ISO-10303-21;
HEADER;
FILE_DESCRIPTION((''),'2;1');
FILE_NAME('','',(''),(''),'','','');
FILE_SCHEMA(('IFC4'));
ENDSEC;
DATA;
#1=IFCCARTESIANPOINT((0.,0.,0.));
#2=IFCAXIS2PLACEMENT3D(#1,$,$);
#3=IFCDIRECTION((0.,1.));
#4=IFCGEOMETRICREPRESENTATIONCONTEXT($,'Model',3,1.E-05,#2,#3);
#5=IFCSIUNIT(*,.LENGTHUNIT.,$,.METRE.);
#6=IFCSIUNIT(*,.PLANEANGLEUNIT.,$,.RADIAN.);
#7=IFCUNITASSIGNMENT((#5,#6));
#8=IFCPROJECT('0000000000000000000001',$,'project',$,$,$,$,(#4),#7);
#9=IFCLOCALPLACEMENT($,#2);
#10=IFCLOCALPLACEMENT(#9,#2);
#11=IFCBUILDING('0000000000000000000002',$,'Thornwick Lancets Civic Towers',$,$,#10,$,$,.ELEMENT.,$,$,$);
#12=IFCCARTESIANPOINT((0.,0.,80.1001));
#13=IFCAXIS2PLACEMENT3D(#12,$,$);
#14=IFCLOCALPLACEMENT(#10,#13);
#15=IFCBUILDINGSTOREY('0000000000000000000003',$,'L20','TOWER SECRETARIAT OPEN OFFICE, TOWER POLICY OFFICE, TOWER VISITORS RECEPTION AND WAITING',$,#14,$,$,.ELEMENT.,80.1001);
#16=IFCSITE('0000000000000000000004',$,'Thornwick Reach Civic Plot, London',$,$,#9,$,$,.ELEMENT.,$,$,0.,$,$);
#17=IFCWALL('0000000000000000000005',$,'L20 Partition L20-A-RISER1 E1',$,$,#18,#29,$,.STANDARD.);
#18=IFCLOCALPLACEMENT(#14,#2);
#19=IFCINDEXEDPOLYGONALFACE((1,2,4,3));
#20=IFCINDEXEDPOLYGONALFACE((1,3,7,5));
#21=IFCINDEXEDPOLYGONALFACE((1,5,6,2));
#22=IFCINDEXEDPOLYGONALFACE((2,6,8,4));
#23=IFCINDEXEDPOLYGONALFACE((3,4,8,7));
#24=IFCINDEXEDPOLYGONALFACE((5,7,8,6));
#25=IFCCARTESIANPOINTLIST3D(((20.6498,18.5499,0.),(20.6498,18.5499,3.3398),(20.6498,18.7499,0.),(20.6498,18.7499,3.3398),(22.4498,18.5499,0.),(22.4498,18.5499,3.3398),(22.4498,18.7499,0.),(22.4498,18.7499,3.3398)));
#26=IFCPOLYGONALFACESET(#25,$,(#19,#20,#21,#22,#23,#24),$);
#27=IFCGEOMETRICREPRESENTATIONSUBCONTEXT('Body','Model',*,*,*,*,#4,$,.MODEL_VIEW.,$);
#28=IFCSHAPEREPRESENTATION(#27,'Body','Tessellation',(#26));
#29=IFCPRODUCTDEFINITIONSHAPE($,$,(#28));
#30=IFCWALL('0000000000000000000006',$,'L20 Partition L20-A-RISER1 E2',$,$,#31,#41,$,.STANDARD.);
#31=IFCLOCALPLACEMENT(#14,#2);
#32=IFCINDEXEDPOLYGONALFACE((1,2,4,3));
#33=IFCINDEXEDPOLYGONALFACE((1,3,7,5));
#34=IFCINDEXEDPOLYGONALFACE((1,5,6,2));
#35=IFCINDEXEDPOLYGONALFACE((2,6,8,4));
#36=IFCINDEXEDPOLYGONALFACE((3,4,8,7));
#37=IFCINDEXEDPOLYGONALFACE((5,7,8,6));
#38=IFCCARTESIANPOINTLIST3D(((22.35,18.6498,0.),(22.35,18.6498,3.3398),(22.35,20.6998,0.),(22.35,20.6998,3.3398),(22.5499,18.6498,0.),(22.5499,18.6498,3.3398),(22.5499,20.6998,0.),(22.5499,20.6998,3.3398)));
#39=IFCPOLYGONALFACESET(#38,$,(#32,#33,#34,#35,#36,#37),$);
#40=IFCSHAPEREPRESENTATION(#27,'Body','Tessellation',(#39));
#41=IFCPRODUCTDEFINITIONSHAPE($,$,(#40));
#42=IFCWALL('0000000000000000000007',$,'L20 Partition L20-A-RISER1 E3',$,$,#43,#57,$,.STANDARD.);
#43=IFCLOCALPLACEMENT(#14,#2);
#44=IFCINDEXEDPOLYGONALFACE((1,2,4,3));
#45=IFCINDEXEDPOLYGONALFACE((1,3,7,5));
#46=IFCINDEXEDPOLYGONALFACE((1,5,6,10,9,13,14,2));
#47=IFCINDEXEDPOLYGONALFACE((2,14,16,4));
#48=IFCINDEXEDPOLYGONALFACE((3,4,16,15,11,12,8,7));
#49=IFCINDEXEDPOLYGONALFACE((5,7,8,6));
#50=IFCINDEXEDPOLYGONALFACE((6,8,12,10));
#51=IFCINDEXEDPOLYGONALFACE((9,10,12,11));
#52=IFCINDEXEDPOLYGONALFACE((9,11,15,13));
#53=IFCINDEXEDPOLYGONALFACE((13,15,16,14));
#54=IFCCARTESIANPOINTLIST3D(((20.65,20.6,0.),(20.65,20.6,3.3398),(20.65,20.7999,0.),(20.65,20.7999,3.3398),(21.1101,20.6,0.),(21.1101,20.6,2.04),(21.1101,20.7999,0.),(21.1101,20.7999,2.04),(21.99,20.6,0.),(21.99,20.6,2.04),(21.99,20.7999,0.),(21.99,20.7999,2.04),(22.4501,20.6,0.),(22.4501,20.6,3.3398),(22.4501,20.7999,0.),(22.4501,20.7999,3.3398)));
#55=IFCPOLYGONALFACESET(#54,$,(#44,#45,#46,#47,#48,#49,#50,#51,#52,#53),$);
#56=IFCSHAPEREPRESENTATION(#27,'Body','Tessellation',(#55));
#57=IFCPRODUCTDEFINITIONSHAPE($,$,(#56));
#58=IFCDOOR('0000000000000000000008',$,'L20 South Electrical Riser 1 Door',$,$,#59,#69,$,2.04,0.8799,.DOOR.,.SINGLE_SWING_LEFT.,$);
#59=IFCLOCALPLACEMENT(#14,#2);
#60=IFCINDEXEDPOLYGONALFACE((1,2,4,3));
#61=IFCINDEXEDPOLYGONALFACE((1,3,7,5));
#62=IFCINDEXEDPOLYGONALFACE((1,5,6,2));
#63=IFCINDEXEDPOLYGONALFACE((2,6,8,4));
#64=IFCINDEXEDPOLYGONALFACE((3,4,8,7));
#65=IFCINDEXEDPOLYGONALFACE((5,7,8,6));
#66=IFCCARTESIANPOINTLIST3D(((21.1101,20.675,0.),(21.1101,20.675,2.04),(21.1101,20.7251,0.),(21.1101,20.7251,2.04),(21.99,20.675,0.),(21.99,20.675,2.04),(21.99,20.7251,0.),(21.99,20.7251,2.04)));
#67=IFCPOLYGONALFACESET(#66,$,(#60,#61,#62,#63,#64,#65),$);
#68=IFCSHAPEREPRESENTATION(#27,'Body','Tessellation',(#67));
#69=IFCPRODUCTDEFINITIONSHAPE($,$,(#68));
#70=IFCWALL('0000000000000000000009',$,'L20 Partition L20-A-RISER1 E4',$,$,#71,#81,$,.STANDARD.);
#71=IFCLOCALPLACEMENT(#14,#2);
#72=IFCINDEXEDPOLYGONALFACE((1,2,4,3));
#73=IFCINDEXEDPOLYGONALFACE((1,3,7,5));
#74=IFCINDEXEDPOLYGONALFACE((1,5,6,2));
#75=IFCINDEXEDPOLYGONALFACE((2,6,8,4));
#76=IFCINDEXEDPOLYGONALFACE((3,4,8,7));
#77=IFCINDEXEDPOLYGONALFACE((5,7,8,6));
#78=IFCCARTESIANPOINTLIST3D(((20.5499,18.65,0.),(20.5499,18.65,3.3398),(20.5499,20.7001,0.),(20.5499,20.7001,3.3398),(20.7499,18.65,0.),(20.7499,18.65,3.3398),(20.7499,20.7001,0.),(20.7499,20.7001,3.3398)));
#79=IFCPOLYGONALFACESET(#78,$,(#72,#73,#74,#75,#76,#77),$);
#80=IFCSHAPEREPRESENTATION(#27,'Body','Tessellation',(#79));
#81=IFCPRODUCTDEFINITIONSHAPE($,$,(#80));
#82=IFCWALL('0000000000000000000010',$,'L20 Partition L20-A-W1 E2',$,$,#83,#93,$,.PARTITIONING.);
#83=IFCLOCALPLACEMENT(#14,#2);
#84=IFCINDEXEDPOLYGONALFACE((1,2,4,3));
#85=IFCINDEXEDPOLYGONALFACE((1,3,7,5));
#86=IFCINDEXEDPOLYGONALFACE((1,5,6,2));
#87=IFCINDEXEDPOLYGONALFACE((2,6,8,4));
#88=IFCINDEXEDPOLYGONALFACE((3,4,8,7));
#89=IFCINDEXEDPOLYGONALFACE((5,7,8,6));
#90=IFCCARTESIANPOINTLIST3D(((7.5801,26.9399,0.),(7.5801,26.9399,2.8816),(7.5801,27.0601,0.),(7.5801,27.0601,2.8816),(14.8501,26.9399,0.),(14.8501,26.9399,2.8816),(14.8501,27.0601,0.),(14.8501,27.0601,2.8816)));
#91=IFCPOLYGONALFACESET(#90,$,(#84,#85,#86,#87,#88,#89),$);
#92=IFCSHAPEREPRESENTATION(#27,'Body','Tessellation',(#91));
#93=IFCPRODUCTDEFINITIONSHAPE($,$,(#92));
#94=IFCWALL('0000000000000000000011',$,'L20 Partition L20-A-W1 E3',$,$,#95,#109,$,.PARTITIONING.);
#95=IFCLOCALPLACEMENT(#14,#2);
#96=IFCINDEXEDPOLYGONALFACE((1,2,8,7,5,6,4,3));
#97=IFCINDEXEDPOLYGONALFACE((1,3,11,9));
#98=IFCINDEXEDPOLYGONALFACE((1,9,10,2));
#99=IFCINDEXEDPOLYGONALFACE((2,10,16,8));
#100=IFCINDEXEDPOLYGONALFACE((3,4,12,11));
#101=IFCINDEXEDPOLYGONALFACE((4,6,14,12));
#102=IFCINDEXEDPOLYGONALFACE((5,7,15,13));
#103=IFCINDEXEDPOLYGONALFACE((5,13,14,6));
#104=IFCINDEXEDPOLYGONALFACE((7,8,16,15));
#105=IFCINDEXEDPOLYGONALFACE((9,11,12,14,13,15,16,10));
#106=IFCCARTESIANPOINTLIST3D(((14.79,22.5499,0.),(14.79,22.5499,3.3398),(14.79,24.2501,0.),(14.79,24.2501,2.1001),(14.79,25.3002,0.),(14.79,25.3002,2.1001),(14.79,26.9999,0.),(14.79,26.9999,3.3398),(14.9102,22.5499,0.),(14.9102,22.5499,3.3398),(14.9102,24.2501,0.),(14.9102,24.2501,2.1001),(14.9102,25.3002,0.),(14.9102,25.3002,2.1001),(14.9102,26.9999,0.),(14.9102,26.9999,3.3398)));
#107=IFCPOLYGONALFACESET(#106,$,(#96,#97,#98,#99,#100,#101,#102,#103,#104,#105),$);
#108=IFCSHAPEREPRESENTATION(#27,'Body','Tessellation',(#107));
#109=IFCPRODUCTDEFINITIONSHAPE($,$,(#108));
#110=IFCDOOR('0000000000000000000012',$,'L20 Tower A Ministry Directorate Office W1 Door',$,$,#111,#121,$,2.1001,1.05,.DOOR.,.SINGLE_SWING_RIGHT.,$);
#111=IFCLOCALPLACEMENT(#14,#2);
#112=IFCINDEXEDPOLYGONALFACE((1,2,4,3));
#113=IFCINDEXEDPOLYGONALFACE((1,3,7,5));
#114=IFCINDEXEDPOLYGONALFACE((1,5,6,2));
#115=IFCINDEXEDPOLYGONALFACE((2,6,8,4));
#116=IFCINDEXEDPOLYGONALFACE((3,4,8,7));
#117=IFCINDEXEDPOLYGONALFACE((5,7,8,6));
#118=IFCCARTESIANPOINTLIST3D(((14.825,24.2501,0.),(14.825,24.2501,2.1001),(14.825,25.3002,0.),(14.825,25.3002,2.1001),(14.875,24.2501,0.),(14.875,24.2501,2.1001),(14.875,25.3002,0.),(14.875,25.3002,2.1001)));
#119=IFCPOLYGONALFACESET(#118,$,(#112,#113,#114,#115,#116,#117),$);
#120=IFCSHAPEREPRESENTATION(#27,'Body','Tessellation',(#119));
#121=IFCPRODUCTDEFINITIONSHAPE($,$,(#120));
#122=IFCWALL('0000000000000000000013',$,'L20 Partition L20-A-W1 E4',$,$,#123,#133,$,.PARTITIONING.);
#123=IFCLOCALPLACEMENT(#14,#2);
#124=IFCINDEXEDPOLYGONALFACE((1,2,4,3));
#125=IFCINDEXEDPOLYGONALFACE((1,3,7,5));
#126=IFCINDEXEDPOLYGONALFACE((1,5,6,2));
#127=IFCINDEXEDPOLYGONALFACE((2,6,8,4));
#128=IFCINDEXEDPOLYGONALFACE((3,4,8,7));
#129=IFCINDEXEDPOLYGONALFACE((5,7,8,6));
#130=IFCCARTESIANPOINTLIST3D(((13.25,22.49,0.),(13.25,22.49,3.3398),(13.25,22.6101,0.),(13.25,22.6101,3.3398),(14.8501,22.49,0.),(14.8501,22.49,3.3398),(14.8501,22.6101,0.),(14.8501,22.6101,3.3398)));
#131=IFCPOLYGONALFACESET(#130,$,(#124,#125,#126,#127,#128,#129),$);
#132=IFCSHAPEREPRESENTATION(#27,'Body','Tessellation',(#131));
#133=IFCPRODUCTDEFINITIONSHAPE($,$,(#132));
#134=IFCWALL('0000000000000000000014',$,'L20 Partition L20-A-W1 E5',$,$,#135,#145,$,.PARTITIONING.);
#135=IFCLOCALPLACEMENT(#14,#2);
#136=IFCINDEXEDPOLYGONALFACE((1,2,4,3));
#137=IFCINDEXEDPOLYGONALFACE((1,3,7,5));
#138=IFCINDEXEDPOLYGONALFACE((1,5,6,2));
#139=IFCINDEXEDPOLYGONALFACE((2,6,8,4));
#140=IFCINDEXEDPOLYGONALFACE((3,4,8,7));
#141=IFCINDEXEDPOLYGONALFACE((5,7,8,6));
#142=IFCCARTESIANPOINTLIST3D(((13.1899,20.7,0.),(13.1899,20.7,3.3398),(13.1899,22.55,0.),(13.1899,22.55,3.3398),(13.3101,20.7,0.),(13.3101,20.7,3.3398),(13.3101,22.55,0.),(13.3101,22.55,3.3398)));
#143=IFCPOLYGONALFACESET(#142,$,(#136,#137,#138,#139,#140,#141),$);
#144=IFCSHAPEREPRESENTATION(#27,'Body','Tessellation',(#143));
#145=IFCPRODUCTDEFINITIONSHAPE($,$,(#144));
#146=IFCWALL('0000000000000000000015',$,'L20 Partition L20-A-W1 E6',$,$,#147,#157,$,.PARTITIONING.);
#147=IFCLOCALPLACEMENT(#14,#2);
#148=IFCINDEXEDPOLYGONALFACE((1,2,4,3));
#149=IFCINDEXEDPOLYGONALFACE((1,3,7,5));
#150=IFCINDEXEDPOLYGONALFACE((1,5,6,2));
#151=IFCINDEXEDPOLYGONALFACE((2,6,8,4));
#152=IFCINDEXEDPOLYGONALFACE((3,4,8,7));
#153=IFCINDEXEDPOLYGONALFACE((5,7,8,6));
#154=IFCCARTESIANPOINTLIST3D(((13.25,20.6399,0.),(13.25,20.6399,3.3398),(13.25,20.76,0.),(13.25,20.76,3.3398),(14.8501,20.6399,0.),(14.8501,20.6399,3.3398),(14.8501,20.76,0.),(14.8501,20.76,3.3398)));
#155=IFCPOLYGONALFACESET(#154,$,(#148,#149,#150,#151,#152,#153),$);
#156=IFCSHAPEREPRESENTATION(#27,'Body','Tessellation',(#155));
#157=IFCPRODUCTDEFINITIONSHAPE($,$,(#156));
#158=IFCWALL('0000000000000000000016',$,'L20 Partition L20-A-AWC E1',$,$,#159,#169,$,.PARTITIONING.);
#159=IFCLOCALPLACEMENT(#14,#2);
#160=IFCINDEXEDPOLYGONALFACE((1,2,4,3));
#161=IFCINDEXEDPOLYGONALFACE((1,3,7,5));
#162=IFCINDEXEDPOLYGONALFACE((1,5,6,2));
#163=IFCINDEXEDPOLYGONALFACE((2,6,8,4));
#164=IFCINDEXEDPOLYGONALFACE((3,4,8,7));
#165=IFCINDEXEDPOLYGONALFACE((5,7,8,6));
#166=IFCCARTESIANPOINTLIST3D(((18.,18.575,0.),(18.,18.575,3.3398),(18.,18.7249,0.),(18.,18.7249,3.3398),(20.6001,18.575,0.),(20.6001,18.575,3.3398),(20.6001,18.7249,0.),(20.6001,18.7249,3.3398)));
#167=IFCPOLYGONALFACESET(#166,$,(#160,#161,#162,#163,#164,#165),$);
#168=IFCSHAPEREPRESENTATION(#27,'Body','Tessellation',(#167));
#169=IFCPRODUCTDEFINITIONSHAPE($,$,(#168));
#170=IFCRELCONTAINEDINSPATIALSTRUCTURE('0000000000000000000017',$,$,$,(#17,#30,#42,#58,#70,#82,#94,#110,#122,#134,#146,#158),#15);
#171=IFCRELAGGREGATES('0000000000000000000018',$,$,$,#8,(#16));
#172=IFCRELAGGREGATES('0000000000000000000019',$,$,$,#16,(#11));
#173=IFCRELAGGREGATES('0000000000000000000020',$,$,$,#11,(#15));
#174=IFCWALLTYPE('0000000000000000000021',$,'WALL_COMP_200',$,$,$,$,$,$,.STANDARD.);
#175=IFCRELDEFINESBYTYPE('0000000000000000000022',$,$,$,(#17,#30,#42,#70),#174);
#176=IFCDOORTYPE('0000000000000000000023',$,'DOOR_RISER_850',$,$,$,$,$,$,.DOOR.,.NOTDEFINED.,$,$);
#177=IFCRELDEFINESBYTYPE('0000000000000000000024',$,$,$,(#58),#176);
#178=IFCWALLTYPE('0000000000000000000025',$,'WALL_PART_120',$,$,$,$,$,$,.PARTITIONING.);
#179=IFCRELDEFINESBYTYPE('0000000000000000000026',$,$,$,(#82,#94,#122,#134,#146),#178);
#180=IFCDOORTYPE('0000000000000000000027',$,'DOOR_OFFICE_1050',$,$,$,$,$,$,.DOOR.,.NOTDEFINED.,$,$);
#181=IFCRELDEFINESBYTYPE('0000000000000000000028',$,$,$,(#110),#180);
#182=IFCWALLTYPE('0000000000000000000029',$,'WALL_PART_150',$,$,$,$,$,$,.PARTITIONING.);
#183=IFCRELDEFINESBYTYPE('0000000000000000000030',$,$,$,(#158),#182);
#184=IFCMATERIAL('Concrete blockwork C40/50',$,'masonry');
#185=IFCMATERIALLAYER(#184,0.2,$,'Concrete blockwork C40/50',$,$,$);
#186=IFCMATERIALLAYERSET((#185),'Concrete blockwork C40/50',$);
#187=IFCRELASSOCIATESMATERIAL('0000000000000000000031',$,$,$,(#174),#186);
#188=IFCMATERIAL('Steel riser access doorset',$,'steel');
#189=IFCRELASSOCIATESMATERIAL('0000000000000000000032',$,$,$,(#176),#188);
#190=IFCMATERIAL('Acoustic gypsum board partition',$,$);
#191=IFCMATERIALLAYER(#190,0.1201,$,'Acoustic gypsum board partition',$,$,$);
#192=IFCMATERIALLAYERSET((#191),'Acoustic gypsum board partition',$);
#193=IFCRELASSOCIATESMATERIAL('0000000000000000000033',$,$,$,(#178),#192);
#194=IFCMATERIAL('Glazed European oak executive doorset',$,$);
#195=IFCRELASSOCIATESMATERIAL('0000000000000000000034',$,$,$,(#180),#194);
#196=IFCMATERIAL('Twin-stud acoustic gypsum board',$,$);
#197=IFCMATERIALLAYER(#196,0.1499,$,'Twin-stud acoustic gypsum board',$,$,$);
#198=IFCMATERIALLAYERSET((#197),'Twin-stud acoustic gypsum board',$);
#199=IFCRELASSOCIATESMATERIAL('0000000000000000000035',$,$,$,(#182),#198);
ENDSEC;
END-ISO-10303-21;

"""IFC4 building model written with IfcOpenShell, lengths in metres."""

from ifc_helpers import new_model, si_unit, direction, frame, frame_2d, origin, place, context, subcontext, project, spatial, rectangle, extrude, material, layer, layer_set, type_object, element, fill, save


model = new_model("IFC4")

# Units and contexts
model_context = context("Model", 3, precision=1e-05, world=origin(), true_north=direction((0.0, 1.0)))
body_context = subcontext(model_context, "Body", "Model", "MODEL_VIEW")
ifc_project = project(units=[si_unit("LENGTHUNIT", "METRE"), si_unit("PLANEANGLEUNIT", "RADIAN")], contexts=[model_context])

# Site, building, storey
site_placement = place(None, origin())
site = spatial("IfcSite", under=ifc_project, at=site_placement, Name="Thornwick Reach Civic Plot, London", CompositionType="ELEMENT", RefElevation=0.0)
building_placement = place(site_placement, origin())
building = spatial("IfcBuilding", under=site, at=building_placement, Name="Thornwick Lancets Civic Towers", CompositionType="ELEMENT")
storey_placement = place(building_placement, frame((0.0, 0.0, 80.1001)))
storey = spatial("IfcBuildingStorey", under=building, at=storey_placement, Name="L20", Description="TOWER SECRETARIAT OPEN OFFICE, TOWER POLICY OFFICE, TOWER VISITORS RECEPTION AND WAITING", CompositionType="ELEMENT", Elevation=80.1001)

# Shared definitions
ifc_material_1 = material(Name="Concrete blockwork C40/50", Category="masonry")
ifc_layer_1 = layer(ifc_material_1, 0.2, Name="Concrete blockwork C40/50")
ifc_layer_set_1 = layer_set([ifc_layer_1], Name="Concrete blockwork C40/50")
wall_type_1 = type_object("IfcWallType", Name="WALL_COMP_200", PredefinedType="STANDARD", material=ifc_layer_set_1)

# Walls
wall_1_placement = place(storey_placement, frame((20.6499, 18.6499, 0.0), z_axis=(0.0, 0.0, 1.0), x_axis=(1.0, 0.0, 0.0)))
element("IfcWall", 1, at=wall_1_placement, inside=storey, type_object=wall_type_1, Name="L20 Partition L20-A-RISER1 E1", PredefinedType="STANDARD", context=body_context, shape_type="SweptSolid", body=[
    extrude(rectangle(XDim=1.8, YDim=0.2, at=frame_2d((0.8999, 0.0))), origin(), (0.0, 0.0, 1.0), 3.3398),
])
wall_2_placement = place(storey_placement, frame((22.45, 18.6499, 0.0), z_axis=(0.0, 0.0, 1.0), x_axis=(0.0, 1.0, 0.0)))
element("IfcWall", 2, at=wall_2_placement, inside=storey, type_object=wall_type_1, Name="L20 Partition L20-A-RISER1 E2", PredefinedType="STANDARD", context=body_context, shape_type="SweptSolid", body=[
    extrude(rectangle(XDim=2.05, YDim=0.2, at=frame_2d((1.0249, 0.0))), origin(), (0.0, 0.0, 1.0), 3.3398),
])

# Wall, opening, door
wall_3_placement = place(storey_placement, frame((22.45, 20.7, 0.0), z_axis=(0.0, 0.0, 1.0), x_axis=(-1.0, 0.0, 0.0)))
wall_3 = element("IfcWall", 3, at=wall_3_placement, inside=storey, type_object=wall_type_1, Name="L20 Partition L20-A-RISER1 E3", PredefinedType="STANDARD", context=body_context, shape_type="SweptSolid", body=[
    extrude(rectangle(XDim=1.8, YDim=0.2, at=frame_2d((0.8999, 0.0))), origin(), (0.0, 0.0, 1.0), 3.3398),
])
opening_1_placement = place(wall_3_placement, frame((0.46, 0.0, 0.0)))
opening_1 = element("IfcOpeningElement", 4, at=opening_1_placement, cuts=wall_3, PredefinedType="OPENING", context=body_context, shape_type="SweptSolid", body=[
    extrude(rectangle(XDim=0.8799, YDim=2.04, at=frame_2d((0.4399, 1.02))), frame((0.0, 0.1099, 0.0), z_axis=(0.0, -1.0, 0.0), x_axis=(1.0, 0.0, 0.0)), (0.0, 0.0, 1.0), 0.22),
])
ifc_material_2 = material(Name="Steel riser access doorset", Category="steel")
door_type_1 = type_object("IfcDoorType", Name="DOOR_RISER_850", OperationType="NOTDEFINED", PredefinedType="DOOR", material=ifc_material_2)
door_1_placement = place(opening_1_placement, origin())
door_1 = element("IfcDoor", 5, at=door_1_placement, inside=storey, type_object=door_type_1, Name="L20 South Electrical Riser 1 Door", OperationType="SINGLE_SWING_LEFT", OverallHeight=2.04, OverallWidth=0.8799, PredefinedType="DOOR", context=body_context, shape_type="SweptSolid", body=[
    extrude(rectangle(XDim=0.8799, YDim=2.04, at=frame_2d((0.4399, 1.02))), frame((0.0, 0.0249, 0.0), z_axis=(0.0, -1.0, 0.0), x_axis=(1.0, 0.0, 0.0)), (0.0, 0.0, 1.0), 0.05),
])
fill(opening_1, door_1)

# Walls
wall_4_placement = place(storey_placement, frame((20.6499, 20.7, 0.0), z_axis=(0.0, 0.0, 1.0), x_axis=(0.0, -1.0, 0.0)))
element("IfcWall", 6, at=wall_4_placement, inside=storey, type_object=wall_type_1, Name="L20 Partition L20-A-RISER1 E4", PredefinedType="STANDARD", context=body_context, shape_type="SweptSolid", body=[
    extrude(rectangle(XDim=2.05, YDim=0.2, at=frame_2d((1.0249, 0.0))), origin(), (0.0, 0.0, 1.0), 3.3398),
])
ifc_material_3 = material(Name="Acoustic gypsum board partition")
ifc_layer_2 = layer(ifc_material_3, 0.1201, Name="Acoustic gypsum board partition")
ifc_layer_set_2 = layer_set([ifc_layer_2], Name="Acoustic gypsum board partition")
wall_type_2 = type_object("IfcWallType", Name="WALL_PART_120", PredefinedType="PARTITIONING", material=ifc_layer_set_2)
wall_5_placement = place(storey_placement, frame((7.5801, 27.0, 0.0), z_axis=(0.0, 0.0, 1.0), x_axis=(1.0, 0.0, 0.0)))
element("IfcWall", 7, at=wall_5_placement, inside=storey, type_object=wall_type_2, Name="L20 Partition L20-A-W1 E2", PredefinedType="PARTITIONING", context=body_context, shape_type="SweptSolid", body=[
    extrude(rectangle(XDim=7.27, YDim=0.1201, at=frame_2d((3.635, 0.0))), origin(), (0.0, 0.0, 1.0), 2.8816),
])

# Wall, opening, door
wall_6_placement = place(storey_placement, frame((14.8501, 27.0, 0.0), z_axis=(0.0, 0.0, 1.0), x_axis=(0.0, -1.0, 0.0)))
wall_6 = element("IfcWall", 8, at=wall_6_placement, inside=storey, type_object=wall_type_2, Name="L20 Partition L20-A-W1 E3", PredefinedType="PARTITIONING", context=body_context, shape_type="SweptSolid", body=[
    extrude(rectangle(XDim=4.45, YDim=0.1201, at=frame_2d((2.2251, 0.0))), origin(), (0.0, 0.0, 1.0), 3.3398),
])
opening_2_placement = place(wall_6_placement, frame((1.7, 0.0, 0.0)))
opening_2 = element("IfcOpeningElement", 9, at=opening_2_placement, cuts=wall_6, PredefinedType="OPENING", context=body_context, shape_type="SweptSolid", body=[
    extrude(rectangle(XDim=1.05, YDim=2.1001, at=frame_2d((0.5249, 1.05))), frame((0.0, 0.0701, 0.0), z_axis=(0.0, -1.0, 0.0), x_axis=(1.0, 0.0, 0.0)), (0.0, 0.0, 1.0), 0.1401),
])
ifc_material_4 = material(Name="Glazed European oak executive doorset")
door_type_2 = type_object("IfcDoorType", Name="DOOR_OFFICE_1050", OperationType="NOTDEFINED", PredefinedType="DOOR", material=ifc_material_4)
door_2_placement = place(opening_2_placement, origin())
door_2 = element("IfcDoor", 10, at=door_2_placement, inside=storey, type_object=door_type_2, Name="L20 Tower A Ministry Directorate Office W1 Door", OperationType="SINGLE_SWING_RIGHT", OverallHeight=2.1001, OverallWidth=1.05, PredefinedType="DOOR", context=body_context, shape_type="SweptSolid", body=[
    extrude(rectangle(XDim=1.05, YDim=2.1001, at=frame_2d((0.5249, 1.05))), frame((0.0, 0.0249, 0.0), z_axis=(0.0, -1.0, 0.0), x_axis=(1.0, 0.0, 0.0)), (0.0, 0.0, 1.0), 0.05),
])
fill(opening_2, door_2)

# Walls
wall_7_placement = place(storey_placement, frame((14.8501, 22.55, 0.0), z_axis=(0.0, 0.0, 1.0), x_axis=(-1.0, 0.0, 0.0)))
element("IfcWall", 11, at=wall_7_placement, inside=storey, type_object=wall_type_2, Name="L20 Partition L20-A-W1 E4", PredefinedType="PARTITIONING", context=body_context, shape_type="SweptSolid", body=[
    extrude(rectangle(XDim=1.6001, YDim=0.1201, at=frame_2d((0.8, 0.0))), origin(), (0.0, 0.0, 1.0), 3.3398),
])
wall_8_placement = place(storey_placement, frame((13.25, 22.55, 0.0), z_axis=(0.0, 0.0, 1.0), x_axis=(0.0, -1.0, 0.0)))
element("IfcWall", 12, at=wall_8_placement, inside=storey, type_object=wall_type_2, Name="L20 Partition L20-A-W1 E5", PredefinedType="PARTITIONING", context=body_context, shape_type="SweptSolid", body=[
    extrude(rectangle(XDim=1.8501, YDim=0.1201, at=frame_2d((0.925, 0.0))), origin(), (0.0, 0.0, 1.0), 3.3398),
])
wall_9_placement = place(storey_placement, frame((13.25, 20.7, 0.0), z_axis=(0.0, 0.0, 1.0), x_axis=(1.0, 0.0, 0.0)))
element("IfcWall", 13, at=wall_9_placement, inside=storey, type_object=wall_type_2, Name="L20 Partition L20-A-W1 E6", PredefinedType="PARTITIONING", context=body_context, shape_type="SweptSolid", body=[
    extrude(rectangle(XDim=1.6001, YDim=0.1201, at=frame_2d((0.8, 0.0))), origin(), (0.0, 0.0, 1.0), 3.3398),
])
ifc_material_5 = material(Name="Twin-stud acoustic gypsum board")
ifc_layer_3 = layer(ifc_material_5, 0.1499, Name="Twin-stud acoustic gypsum board")
ifc_layer_set_3 = layer_set([ifc_layer_3], Name="Twin-stud acoustic gypsum board")
wall_type_3 = type_object("IfcWallType", Name="WALL_PART_150", PredefinedType="PARTITIONING", material=ifc_layer_set_3)
wall_10_placement = place(storey_placement, frame((18.0, 18.6499, 0.0), z_axis=(0.0, 0.0, 1.0), x_axis=(1.0, 0.0, 0.0)))
element("IfcWall", 14, at=wall_10_placement, inside=storey, type_object=wall_type_3, Name="L20 Partition L20-A-AWC E1", PredefinedType="PARTITIONING", context=body_context, shape_type="SweptSolid", body=[
    extrude(rectangle(XDim=2.6001, YDim=0.1499, at=frame_2d((1.3, 0.0))), origin(), (0.0, 0.0, 1.0), 3.3398),
])

save(model, "model.ifc")
